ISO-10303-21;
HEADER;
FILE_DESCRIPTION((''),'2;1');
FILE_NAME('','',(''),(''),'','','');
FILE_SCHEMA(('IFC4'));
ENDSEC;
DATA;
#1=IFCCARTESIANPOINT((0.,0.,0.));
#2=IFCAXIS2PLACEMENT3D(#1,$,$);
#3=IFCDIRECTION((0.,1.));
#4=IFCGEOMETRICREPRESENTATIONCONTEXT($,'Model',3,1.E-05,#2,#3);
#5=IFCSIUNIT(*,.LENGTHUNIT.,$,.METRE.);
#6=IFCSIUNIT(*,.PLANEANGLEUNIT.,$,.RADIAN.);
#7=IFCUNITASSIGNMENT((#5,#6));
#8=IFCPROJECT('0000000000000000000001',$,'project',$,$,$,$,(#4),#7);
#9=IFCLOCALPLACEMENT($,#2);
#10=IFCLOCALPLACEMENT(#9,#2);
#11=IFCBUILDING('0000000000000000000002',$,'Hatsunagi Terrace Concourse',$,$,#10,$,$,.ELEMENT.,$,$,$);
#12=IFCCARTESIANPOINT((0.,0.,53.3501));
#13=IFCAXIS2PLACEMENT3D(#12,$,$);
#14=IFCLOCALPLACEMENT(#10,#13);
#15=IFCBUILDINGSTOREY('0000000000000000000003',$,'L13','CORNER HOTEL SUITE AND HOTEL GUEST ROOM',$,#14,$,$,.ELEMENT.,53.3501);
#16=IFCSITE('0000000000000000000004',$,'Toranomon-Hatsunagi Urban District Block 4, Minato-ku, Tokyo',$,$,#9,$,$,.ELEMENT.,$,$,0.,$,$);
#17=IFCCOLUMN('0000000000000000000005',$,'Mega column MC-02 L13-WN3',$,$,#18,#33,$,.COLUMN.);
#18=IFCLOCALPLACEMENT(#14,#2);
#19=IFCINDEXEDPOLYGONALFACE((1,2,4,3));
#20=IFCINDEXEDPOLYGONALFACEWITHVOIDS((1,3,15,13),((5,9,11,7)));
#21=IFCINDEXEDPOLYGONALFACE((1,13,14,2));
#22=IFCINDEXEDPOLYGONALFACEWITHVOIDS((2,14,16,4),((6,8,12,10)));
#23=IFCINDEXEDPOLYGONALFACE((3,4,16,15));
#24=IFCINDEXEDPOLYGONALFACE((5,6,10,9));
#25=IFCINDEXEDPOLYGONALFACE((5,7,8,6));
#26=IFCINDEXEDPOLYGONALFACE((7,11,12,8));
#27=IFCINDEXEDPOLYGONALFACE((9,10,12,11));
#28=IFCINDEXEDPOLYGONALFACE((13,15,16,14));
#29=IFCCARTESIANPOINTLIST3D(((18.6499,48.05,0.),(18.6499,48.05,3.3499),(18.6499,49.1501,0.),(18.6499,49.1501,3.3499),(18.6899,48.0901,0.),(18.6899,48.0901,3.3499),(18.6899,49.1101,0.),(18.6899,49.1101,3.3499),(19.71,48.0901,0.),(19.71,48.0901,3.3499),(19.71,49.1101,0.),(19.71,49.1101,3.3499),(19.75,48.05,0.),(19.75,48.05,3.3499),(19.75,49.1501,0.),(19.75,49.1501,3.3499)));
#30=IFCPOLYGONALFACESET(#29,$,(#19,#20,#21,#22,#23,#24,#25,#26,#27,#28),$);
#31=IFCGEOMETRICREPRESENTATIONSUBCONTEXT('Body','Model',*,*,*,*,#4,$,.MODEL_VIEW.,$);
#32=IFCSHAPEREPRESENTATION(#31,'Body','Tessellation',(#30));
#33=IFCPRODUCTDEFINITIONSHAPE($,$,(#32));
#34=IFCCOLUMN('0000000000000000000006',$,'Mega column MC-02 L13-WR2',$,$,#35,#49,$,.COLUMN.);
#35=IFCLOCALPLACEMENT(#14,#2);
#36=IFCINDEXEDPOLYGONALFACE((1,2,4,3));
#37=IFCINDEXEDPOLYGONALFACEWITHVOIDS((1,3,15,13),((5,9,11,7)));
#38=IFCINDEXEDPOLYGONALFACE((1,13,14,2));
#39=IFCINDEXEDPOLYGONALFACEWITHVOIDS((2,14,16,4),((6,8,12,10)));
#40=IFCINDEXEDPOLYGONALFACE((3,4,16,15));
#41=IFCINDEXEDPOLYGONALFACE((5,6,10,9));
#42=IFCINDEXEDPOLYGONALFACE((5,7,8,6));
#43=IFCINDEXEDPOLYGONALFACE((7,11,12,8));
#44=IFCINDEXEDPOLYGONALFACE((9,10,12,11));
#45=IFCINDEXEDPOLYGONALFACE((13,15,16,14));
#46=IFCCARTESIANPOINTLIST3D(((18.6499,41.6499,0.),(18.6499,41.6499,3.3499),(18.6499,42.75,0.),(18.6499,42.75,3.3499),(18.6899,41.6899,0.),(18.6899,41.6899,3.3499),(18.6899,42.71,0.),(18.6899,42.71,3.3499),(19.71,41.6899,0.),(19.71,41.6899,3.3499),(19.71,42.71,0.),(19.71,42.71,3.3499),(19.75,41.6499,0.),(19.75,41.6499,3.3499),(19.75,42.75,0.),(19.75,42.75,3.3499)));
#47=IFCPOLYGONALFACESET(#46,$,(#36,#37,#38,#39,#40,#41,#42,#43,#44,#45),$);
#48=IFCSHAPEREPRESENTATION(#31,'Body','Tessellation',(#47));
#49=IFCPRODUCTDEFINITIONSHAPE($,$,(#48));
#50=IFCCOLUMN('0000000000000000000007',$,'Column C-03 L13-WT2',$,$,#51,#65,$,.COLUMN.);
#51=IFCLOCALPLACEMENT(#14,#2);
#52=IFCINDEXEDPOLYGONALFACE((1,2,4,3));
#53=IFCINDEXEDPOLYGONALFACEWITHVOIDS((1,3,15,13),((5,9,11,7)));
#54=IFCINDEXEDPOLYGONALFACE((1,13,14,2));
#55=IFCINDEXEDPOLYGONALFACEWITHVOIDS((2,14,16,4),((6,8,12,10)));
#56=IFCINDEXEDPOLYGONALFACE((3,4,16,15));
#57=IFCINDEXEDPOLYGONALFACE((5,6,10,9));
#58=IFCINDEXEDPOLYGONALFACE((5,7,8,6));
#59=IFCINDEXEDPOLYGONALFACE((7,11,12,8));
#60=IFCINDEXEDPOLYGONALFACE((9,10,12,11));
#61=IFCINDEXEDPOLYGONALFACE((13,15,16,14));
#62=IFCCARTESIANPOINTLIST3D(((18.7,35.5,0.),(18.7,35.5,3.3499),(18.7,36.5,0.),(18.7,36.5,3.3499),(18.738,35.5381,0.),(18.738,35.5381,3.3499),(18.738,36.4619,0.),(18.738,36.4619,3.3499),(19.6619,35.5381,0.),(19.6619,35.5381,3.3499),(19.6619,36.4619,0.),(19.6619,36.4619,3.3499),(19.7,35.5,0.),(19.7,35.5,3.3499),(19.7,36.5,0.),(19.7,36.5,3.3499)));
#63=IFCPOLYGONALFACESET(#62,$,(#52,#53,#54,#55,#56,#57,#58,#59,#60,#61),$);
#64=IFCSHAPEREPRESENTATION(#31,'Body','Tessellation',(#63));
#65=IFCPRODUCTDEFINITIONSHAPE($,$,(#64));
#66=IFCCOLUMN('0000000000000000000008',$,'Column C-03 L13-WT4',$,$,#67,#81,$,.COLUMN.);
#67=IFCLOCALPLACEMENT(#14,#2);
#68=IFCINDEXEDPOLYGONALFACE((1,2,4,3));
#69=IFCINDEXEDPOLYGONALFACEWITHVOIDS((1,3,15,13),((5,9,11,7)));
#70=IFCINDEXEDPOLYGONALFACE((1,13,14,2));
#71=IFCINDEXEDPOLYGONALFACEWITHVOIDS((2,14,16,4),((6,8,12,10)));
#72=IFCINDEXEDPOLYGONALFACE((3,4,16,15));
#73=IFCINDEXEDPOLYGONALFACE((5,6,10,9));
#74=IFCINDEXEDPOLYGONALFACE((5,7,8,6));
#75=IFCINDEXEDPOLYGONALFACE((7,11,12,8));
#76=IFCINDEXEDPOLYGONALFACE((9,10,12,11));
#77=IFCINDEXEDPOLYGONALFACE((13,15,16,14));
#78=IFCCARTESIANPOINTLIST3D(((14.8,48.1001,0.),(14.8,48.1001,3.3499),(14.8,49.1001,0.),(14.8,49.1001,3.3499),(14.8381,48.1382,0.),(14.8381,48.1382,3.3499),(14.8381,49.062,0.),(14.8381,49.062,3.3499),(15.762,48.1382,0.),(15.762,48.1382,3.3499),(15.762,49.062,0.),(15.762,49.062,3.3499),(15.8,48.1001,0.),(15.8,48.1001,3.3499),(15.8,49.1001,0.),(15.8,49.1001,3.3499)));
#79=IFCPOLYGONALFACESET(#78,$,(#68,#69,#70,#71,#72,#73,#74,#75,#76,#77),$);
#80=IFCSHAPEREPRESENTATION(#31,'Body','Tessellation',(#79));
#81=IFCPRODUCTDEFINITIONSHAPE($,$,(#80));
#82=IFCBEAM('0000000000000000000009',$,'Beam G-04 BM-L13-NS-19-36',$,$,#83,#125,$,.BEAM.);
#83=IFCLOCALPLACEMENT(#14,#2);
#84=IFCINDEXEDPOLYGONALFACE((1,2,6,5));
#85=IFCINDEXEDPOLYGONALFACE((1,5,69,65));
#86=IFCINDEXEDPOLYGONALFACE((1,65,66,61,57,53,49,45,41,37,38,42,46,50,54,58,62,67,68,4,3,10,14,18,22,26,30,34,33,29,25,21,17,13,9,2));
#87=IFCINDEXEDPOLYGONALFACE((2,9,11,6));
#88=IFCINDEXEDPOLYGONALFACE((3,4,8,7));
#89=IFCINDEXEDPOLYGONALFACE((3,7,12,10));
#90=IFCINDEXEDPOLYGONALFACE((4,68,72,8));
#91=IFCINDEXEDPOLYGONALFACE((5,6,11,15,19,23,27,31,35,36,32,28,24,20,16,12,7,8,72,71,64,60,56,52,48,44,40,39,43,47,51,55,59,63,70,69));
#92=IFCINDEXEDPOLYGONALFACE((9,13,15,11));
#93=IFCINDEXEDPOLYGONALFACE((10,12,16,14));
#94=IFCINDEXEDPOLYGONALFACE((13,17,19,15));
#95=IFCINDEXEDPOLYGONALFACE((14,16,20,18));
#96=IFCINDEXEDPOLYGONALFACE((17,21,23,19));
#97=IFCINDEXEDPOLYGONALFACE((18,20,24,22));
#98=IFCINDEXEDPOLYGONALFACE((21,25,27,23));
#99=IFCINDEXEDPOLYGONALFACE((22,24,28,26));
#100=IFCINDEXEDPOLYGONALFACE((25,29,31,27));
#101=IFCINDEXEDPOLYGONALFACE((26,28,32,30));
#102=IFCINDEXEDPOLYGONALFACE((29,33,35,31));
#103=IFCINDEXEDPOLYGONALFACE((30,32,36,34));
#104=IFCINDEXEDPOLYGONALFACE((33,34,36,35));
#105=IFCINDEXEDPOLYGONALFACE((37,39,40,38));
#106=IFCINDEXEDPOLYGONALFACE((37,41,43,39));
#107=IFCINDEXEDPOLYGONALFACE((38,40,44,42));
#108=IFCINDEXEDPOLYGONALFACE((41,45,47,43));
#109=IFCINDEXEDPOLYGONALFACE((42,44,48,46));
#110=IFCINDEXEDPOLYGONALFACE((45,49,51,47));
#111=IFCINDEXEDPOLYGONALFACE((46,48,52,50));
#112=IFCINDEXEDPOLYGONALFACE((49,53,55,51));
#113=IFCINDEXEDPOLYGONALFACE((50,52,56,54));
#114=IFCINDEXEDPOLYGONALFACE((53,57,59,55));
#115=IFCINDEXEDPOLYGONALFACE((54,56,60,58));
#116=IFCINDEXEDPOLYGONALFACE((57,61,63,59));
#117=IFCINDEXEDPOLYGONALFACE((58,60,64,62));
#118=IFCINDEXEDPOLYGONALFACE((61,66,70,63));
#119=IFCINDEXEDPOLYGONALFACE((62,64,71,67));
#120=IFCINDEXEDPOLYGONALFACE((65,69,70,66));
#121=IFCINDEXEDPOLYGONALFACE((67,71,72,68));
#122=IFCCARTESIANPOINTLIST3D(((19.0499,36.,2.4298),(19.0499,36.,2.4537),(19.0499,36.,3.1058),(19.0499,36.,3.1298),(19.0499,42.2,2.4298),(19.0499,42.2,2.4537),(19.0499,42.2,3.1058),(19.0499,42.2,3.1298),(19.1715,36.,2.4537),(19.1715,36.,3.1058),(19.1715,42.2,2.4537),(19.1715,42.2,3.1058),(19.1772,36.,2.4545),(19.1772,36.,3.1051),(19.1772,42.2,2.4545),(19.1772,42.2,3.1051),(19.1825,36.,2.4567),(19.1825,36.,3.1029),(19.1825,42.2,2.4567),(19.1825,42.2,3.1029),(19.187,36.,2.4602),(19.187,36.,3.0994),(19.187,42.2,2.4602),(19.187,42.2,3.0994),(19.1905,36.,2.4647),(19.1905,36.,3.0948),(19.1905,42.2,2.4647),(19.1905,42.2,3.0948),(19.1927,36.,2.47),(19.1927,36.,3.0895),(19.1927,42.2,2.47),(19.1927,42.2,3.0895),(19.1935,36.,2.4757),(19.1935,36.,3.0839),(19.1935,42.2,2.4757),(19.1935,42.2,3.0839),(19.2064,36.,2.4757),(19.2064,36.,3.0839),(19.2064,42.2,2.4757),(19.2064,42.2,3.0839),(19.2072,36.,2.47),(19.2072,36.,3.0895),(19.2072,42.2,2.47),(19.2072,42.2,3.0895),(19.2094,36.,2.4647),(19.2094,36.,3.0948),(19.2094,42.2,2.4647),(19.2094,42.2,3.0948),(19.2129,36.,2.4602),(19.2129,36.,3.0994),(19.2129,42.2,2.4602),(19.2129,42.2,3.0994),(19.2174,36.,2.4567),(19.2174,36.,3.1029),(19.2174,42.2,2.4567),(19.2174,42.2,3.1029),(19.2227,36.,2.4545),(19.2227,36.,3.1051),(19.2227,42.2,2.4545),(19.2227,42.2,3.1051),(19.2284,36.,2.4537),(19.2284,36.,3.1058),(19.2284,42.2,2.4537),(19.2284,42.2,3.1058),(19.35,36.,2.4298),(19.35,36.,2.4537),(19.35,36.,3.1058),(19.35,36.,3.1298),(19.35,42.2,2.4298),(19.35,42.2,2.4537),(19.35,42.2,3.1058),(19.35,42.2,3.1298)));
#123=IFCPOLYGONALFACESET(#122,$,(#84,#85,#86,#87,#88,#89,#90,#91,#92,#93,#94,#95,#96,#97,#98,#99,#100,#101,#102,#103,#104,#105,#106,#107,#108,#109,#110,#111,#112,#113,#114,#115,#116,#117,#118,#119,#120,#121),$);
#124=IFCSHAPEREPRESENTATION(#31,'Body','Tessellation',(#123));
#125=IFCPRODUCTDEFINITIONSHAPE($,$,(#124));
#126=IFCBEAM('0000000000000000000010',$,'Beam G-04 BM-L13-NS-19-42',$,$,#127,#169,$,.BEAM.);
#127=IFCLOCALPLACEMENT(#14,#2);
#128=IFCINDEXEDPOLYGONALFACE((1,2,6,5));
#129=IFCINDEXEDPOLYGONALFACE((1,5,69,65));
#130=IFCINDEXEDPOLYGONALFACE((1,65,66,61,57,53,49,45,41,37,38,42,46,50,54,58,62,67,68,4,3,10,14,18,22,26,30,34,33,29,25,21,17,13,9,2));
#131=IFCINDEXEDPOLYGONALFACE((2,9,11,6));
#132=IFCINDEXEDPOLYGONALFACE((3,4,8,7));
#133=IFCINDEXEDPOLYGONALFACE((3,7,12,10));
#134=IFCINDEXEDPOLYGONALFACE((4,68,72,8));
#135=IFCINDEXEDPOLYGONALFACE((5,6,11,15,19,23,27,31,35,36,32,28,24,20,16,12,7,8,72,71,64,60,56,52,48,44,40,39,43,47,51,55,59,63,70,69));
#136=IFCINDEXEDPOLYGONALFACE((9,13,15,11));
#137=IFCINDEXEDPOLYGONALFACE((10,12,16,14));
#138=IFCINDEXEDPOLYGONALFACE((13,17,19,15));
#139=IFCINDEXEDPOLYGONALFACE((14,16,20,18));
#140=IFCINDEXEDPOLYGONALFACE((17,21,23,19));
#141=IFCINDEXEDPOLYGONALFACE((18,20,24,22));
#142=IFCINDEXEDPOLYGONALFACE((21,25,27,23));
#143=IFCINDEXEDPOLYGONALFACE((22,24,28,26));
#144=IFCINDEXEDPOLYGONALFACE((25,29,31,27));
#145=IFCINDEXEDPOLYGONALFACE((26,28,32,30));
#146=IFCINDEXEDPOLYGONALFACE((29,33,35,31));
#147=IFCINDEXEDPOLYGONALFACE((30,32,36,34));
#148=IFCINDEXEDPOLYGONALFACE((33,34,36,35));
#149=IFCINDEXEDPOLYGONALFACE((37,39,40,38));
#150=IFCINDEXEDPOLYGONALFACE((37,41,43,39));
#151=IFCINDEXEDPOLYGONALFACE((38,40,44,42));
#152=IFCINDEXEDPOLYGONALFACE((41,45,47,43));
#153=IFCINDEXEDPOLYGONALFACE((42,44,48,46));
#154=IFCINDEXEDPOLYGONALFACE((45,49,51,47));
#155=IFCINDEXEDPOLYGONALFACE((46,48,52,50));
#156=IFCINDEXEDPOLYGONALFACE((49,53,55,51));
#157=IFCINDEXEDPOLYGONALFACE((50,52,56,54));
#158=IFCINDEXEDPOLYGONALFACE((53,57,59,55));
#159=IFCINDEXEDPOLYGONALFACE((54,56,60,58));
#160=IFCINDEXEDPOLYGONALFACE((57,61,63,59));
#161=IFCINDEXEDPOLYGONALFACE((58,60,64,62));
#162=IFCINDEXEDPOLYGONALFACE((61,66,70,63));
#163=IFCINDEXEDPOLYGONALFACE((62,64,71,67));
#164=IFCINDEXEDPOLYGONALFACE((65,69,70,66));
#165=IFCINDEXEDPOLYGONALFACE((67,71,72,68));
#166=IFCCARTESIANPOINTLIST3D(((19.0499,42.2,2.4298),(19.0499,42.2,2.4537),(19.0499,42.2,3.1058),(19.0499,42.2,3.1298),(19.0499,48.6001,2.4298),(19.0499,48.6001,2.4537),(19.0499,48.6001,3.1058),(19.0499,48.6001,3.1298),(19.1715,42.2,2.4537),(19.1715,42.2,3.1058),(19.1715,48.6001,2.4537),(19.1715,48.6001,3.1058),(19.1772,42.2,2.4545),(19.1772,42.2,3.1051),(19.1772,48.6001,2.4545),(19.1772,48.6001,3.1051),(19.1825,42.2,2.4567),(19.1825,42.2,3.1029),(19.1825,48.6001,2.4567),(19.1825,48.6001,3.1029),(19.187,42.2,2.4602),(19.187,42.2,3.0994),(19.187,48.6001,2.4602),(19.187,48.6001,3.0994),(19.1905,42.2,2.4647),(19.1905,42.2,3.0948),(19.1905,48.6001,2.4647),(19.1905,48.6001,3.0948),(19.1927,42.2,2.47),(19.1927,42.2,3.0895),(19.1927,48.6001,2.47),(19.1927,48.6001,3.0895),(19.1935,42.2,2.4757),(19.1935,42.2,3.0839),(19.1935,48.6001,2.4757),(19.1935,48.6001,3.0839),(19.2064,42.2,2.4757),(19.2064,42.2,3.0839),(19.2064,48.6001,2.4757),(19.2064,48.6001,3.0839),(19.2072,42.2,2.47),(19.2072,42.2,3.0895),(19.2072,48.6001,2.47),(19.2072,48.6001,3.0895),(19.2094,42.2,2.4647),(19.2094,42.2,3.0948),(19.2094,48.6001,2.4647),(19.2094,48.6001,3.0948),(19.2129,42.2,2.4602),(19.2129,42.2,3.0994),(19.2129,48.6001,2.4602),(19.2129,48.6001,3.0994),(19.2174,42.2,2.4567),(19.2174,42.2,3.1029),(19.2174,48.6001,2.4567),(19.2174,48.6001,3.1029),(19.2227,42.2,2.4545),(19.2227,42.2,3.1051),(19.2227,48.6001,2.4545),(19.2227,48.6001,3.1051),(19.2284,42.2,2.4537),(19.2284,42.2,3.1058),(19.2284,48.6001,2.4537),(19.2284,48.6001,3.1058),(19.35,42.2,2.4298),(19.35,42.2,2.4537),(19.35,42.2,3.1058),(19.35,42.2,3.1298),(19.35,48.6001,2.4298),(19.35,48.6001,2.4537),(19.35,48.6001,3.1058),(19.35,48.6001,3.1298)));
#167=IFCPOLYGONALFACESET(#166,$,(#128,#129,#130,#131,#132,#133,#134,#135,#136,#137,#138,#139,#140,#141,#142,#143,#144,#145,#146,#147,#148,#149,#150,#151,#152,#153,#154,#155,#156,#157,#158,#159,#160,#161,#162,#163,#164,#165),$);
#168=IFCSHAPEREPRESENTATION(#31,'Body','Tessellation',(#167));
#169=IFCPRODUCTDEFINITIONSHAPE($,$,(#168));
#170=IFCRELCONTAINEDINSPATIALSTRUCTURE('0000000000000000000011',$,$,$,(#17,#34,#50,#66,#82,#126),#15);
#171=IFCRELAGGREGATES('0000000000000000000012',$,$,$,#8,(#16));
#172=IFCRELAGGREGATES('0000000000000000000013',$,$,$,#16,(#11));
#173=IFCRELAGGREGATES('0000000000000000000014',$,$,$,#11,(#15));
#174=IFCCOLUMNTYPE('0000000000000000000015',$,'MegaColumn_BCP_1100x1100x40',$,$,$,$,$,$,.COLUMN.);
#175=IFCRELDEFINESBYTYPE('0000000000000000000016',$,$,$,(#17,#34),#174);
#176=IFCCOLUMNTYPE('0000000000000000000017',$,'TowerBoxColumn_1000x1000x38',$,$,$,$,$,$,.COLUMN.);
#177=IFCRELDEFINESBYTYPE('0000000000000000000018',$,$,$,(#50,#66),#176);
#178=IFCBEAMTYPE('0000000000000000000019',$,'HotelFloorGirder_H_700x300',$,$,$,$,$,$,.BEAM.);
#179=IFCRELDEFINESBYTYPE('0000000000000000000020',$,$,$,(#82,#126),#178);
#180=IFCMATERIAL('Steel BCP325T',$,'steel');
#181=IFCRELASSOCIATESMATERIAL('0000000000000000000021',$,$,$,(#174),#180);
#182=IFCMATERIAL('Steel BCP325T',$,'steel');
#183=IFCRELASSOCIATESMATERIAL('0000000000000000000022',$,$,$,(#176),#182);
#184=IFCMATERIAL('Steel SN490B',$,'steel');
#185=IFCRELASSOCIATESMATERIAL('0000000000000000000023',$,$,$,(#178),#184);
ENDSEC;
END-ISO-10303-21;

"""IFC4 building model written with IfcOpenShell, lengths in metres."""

from ifc_helpers import new_model, si_unit, direction, frame, origin, origin_2d, place, context, subcontext, project, spatial, hollow_rectangle, i_section, extrude, material, material_profile, profile_set, type_object, element, save


model = new_model("IFC4")

# Units and contexts
model_context = context("Model", 3, precision=1e-05, world=origin(), true_north=direction((0.0, 1.0)))
body_context = subcontext(model_context, "Body", "Model", "MODEL_VIEW")
ifc_project = project(units=[si_unit("LENGTHUNIT", "METRE"), si_unit("PLANEANGLEUNIT", "RADIAN")], contexts=[model_context])

# Site, building, storey
site_placement = place(None, origin())
site = spatial("IfcSite", under=ifc_project, at=site_placement, Name="Toranomon-Hatsunagi Urban District Block 4, Minato-ku, Tokyo", CompositionType="ELEMENT", RefElevation=0.0)
building_placement = place(site_placement, origin())
building = spatial("IfcBuilding", under=site, at=building_placement, Name="Hatsunagi Terrace Concourse", CompositionType="ELEMENT")
storey_placement = place(building_placement, frame((0.0, 0.0, 53.3501)))
storey = spatial("IfcBuildingStorey", under=building, at=storey_placement, Name="L13", Description="CORNER HOTEL SUITE AND HOTEL GUEST ROOM", CompositionType="ELEMENT", Elevation=53.3501)

# Columns
ifc_material_1 = material(Name="Steel BCP325T", Category="steel")
ifc_material_profile_1 = material_profile(ifc_material_1, hollow_rectangle(XDim=1.1001, YDim=1.1001, WallThickness=0.04, at=origin_2d()), Name="BCP-1100x1100x40")
ifc_profile_set_1 = profile_set([ifc_material_profile_1], Name="Steel BCP325T")
column_type_1 = type_object("IfcColumnType", Name="MegaColumn_BCP_1100x1100x40", PredefinedType="COLUMN", material=ifc_profile_set_1)
for number, where, z_axis, x_axis, name in (
    (1, (19.2, 48.6001, 0.0), (0.0, 0.0, 1.0), (1.0, 0.0, 0.0), "Mega column MC-02 L13-WN3"),
    (2, (19.2, 42.2, 0.0), (0.0, 0.0, 1.0), (1.0, 0.0, 0.0), "Mega column MC-02 L13-WR2"),
):
    element("IfcColumn", number, at=place(storey_placement, frame(where, z_axis=z_axis, x_axis=x_axis)), inside=storey, type_object=column_type_1, Name=name, PredefinedType="COLUMN", context=body_context, shape_type="SweptSolid", body=[
        extrude(hollow_rectangle(XDim=1.1001, YDim=1.1001, WallThickness=0.04, at=origin_2d()), origin(), (0.0, 0.0, 1.0), 3.3499),
    ])
ifc_material_2 = material(Name="Steel BCP325T", Category="steel")
ifc_material_profile_2 = material_profile(ifc_material_2, hollow_rectangle(XDim=1.0, YDim=1.0, WallThickness=0.0381, at=origin_2d()), Name="BCP-1000x1000x38")
ifc_profile_set_2 = profile_set([ifc_material_profile_2], Name="Steel BCP325T")
column_type_2 = type_object("IfcColumnType", Name="TowerBoxColumn_1000x1000x38", PredefinedType="COLUMN", material=ifc_profile_set_2)
for number, where, z_axis, x_axis, name in (
    (3, (19.2, 36.0, 0.0), (0.0, 0.0, 1.0), (1.0, 0.0, 0.0), "Column C-03 L13-WT2"),
    (4, (15.3, 48.6001, 0.0), (0.0, 0.0, 1.0), (1.0, 0.0, 0.0), "Column C-03 L13-WT4"),
):
    element("IfcColumn", number, at=place(storey_placement, frame(where, z_axis=z_axis, x_axis=x_axis)), inside=storey, type_object=column_type_2, Name=name, PredefinedType="COLUMN", context=body_context, shape_type="SweptSolid", body=[
        extrude(hollow_rectangle(XDim=1.0, YDim=1.0, WallThickness=0.0381, at=origin_2d()), origin(), (0.0, 0.0, 1.0), 3.3499),
    ])

# Beams
ifc_material_3 = material(Name="Steel SN490B", Category="steel")
ifc_material_profile_3 = material_profile(ifc_material_3, i_section(OverallWidth=0.3, OverallDepth=0.7, WebThickness=0.0129, FlangeThickness=0.0239, FilletRadius=0.022, at=origin_2d()), Name="H-700x300x13x24")
ifc_profile_set_3 = profile_set([ifc_material_profile_3], Name="Steel SN490B")
beam_type_1 = type_object("IfcBeamType", Name="HotelFloorGirder_H_700x300", PredefinedType="BEAM", material=ifc_profile_set_3)
beam_1_placement = place(storey_placement, frame((19.2, 36.0, 2.7798), z_axis=(0.0, 1.0, 0.0), x_axis=(-1.0, 0.0, 0.0)))
element("IfcBeam", 5, at=beam_1_placement, inside=storey, type_object=beam_type_1, Name="Beam G-04 BM-L13-NS-19-36", PredefinedType="BEAM", context=body_context, shape_type="SweptSolid", body=[
    extrude(i_section(OverallWidth=0.3, OverallDepth=0.7, WebThickness=0.0129, FlangeThickness=0.0239, FilletRadius=0.022, at=origin_2d()), origin(), (0.0, 0.0, 1.0), 6.2),
])
beam_2_placement = place(storey_placement, frame((19.2, 42.2, 2.7798), z_axis=(0.0, 1.0, 0.0), x_axis=(-1.0, 0.0, 0.0)))
element("IfcBeam", 6, at=beam_2_placement, inside=storey, type_object=beam_type_1, Name="Beam G-04 BM-L13-NS-19-42", PredefinedType="BEAM", context=body_context, shape_type="SweptSolid", body=[
    extrude(i_section(OverallWidth=0.3, OverallDepth=0.7, WebThickness=0.0129, FlangeThickness=0.0239, FilletRadius=0.022, at=origin_2d()), origin(), (0.0, 0.0, 1.0), 6.4001),
])

save(model, "model.ifc")
